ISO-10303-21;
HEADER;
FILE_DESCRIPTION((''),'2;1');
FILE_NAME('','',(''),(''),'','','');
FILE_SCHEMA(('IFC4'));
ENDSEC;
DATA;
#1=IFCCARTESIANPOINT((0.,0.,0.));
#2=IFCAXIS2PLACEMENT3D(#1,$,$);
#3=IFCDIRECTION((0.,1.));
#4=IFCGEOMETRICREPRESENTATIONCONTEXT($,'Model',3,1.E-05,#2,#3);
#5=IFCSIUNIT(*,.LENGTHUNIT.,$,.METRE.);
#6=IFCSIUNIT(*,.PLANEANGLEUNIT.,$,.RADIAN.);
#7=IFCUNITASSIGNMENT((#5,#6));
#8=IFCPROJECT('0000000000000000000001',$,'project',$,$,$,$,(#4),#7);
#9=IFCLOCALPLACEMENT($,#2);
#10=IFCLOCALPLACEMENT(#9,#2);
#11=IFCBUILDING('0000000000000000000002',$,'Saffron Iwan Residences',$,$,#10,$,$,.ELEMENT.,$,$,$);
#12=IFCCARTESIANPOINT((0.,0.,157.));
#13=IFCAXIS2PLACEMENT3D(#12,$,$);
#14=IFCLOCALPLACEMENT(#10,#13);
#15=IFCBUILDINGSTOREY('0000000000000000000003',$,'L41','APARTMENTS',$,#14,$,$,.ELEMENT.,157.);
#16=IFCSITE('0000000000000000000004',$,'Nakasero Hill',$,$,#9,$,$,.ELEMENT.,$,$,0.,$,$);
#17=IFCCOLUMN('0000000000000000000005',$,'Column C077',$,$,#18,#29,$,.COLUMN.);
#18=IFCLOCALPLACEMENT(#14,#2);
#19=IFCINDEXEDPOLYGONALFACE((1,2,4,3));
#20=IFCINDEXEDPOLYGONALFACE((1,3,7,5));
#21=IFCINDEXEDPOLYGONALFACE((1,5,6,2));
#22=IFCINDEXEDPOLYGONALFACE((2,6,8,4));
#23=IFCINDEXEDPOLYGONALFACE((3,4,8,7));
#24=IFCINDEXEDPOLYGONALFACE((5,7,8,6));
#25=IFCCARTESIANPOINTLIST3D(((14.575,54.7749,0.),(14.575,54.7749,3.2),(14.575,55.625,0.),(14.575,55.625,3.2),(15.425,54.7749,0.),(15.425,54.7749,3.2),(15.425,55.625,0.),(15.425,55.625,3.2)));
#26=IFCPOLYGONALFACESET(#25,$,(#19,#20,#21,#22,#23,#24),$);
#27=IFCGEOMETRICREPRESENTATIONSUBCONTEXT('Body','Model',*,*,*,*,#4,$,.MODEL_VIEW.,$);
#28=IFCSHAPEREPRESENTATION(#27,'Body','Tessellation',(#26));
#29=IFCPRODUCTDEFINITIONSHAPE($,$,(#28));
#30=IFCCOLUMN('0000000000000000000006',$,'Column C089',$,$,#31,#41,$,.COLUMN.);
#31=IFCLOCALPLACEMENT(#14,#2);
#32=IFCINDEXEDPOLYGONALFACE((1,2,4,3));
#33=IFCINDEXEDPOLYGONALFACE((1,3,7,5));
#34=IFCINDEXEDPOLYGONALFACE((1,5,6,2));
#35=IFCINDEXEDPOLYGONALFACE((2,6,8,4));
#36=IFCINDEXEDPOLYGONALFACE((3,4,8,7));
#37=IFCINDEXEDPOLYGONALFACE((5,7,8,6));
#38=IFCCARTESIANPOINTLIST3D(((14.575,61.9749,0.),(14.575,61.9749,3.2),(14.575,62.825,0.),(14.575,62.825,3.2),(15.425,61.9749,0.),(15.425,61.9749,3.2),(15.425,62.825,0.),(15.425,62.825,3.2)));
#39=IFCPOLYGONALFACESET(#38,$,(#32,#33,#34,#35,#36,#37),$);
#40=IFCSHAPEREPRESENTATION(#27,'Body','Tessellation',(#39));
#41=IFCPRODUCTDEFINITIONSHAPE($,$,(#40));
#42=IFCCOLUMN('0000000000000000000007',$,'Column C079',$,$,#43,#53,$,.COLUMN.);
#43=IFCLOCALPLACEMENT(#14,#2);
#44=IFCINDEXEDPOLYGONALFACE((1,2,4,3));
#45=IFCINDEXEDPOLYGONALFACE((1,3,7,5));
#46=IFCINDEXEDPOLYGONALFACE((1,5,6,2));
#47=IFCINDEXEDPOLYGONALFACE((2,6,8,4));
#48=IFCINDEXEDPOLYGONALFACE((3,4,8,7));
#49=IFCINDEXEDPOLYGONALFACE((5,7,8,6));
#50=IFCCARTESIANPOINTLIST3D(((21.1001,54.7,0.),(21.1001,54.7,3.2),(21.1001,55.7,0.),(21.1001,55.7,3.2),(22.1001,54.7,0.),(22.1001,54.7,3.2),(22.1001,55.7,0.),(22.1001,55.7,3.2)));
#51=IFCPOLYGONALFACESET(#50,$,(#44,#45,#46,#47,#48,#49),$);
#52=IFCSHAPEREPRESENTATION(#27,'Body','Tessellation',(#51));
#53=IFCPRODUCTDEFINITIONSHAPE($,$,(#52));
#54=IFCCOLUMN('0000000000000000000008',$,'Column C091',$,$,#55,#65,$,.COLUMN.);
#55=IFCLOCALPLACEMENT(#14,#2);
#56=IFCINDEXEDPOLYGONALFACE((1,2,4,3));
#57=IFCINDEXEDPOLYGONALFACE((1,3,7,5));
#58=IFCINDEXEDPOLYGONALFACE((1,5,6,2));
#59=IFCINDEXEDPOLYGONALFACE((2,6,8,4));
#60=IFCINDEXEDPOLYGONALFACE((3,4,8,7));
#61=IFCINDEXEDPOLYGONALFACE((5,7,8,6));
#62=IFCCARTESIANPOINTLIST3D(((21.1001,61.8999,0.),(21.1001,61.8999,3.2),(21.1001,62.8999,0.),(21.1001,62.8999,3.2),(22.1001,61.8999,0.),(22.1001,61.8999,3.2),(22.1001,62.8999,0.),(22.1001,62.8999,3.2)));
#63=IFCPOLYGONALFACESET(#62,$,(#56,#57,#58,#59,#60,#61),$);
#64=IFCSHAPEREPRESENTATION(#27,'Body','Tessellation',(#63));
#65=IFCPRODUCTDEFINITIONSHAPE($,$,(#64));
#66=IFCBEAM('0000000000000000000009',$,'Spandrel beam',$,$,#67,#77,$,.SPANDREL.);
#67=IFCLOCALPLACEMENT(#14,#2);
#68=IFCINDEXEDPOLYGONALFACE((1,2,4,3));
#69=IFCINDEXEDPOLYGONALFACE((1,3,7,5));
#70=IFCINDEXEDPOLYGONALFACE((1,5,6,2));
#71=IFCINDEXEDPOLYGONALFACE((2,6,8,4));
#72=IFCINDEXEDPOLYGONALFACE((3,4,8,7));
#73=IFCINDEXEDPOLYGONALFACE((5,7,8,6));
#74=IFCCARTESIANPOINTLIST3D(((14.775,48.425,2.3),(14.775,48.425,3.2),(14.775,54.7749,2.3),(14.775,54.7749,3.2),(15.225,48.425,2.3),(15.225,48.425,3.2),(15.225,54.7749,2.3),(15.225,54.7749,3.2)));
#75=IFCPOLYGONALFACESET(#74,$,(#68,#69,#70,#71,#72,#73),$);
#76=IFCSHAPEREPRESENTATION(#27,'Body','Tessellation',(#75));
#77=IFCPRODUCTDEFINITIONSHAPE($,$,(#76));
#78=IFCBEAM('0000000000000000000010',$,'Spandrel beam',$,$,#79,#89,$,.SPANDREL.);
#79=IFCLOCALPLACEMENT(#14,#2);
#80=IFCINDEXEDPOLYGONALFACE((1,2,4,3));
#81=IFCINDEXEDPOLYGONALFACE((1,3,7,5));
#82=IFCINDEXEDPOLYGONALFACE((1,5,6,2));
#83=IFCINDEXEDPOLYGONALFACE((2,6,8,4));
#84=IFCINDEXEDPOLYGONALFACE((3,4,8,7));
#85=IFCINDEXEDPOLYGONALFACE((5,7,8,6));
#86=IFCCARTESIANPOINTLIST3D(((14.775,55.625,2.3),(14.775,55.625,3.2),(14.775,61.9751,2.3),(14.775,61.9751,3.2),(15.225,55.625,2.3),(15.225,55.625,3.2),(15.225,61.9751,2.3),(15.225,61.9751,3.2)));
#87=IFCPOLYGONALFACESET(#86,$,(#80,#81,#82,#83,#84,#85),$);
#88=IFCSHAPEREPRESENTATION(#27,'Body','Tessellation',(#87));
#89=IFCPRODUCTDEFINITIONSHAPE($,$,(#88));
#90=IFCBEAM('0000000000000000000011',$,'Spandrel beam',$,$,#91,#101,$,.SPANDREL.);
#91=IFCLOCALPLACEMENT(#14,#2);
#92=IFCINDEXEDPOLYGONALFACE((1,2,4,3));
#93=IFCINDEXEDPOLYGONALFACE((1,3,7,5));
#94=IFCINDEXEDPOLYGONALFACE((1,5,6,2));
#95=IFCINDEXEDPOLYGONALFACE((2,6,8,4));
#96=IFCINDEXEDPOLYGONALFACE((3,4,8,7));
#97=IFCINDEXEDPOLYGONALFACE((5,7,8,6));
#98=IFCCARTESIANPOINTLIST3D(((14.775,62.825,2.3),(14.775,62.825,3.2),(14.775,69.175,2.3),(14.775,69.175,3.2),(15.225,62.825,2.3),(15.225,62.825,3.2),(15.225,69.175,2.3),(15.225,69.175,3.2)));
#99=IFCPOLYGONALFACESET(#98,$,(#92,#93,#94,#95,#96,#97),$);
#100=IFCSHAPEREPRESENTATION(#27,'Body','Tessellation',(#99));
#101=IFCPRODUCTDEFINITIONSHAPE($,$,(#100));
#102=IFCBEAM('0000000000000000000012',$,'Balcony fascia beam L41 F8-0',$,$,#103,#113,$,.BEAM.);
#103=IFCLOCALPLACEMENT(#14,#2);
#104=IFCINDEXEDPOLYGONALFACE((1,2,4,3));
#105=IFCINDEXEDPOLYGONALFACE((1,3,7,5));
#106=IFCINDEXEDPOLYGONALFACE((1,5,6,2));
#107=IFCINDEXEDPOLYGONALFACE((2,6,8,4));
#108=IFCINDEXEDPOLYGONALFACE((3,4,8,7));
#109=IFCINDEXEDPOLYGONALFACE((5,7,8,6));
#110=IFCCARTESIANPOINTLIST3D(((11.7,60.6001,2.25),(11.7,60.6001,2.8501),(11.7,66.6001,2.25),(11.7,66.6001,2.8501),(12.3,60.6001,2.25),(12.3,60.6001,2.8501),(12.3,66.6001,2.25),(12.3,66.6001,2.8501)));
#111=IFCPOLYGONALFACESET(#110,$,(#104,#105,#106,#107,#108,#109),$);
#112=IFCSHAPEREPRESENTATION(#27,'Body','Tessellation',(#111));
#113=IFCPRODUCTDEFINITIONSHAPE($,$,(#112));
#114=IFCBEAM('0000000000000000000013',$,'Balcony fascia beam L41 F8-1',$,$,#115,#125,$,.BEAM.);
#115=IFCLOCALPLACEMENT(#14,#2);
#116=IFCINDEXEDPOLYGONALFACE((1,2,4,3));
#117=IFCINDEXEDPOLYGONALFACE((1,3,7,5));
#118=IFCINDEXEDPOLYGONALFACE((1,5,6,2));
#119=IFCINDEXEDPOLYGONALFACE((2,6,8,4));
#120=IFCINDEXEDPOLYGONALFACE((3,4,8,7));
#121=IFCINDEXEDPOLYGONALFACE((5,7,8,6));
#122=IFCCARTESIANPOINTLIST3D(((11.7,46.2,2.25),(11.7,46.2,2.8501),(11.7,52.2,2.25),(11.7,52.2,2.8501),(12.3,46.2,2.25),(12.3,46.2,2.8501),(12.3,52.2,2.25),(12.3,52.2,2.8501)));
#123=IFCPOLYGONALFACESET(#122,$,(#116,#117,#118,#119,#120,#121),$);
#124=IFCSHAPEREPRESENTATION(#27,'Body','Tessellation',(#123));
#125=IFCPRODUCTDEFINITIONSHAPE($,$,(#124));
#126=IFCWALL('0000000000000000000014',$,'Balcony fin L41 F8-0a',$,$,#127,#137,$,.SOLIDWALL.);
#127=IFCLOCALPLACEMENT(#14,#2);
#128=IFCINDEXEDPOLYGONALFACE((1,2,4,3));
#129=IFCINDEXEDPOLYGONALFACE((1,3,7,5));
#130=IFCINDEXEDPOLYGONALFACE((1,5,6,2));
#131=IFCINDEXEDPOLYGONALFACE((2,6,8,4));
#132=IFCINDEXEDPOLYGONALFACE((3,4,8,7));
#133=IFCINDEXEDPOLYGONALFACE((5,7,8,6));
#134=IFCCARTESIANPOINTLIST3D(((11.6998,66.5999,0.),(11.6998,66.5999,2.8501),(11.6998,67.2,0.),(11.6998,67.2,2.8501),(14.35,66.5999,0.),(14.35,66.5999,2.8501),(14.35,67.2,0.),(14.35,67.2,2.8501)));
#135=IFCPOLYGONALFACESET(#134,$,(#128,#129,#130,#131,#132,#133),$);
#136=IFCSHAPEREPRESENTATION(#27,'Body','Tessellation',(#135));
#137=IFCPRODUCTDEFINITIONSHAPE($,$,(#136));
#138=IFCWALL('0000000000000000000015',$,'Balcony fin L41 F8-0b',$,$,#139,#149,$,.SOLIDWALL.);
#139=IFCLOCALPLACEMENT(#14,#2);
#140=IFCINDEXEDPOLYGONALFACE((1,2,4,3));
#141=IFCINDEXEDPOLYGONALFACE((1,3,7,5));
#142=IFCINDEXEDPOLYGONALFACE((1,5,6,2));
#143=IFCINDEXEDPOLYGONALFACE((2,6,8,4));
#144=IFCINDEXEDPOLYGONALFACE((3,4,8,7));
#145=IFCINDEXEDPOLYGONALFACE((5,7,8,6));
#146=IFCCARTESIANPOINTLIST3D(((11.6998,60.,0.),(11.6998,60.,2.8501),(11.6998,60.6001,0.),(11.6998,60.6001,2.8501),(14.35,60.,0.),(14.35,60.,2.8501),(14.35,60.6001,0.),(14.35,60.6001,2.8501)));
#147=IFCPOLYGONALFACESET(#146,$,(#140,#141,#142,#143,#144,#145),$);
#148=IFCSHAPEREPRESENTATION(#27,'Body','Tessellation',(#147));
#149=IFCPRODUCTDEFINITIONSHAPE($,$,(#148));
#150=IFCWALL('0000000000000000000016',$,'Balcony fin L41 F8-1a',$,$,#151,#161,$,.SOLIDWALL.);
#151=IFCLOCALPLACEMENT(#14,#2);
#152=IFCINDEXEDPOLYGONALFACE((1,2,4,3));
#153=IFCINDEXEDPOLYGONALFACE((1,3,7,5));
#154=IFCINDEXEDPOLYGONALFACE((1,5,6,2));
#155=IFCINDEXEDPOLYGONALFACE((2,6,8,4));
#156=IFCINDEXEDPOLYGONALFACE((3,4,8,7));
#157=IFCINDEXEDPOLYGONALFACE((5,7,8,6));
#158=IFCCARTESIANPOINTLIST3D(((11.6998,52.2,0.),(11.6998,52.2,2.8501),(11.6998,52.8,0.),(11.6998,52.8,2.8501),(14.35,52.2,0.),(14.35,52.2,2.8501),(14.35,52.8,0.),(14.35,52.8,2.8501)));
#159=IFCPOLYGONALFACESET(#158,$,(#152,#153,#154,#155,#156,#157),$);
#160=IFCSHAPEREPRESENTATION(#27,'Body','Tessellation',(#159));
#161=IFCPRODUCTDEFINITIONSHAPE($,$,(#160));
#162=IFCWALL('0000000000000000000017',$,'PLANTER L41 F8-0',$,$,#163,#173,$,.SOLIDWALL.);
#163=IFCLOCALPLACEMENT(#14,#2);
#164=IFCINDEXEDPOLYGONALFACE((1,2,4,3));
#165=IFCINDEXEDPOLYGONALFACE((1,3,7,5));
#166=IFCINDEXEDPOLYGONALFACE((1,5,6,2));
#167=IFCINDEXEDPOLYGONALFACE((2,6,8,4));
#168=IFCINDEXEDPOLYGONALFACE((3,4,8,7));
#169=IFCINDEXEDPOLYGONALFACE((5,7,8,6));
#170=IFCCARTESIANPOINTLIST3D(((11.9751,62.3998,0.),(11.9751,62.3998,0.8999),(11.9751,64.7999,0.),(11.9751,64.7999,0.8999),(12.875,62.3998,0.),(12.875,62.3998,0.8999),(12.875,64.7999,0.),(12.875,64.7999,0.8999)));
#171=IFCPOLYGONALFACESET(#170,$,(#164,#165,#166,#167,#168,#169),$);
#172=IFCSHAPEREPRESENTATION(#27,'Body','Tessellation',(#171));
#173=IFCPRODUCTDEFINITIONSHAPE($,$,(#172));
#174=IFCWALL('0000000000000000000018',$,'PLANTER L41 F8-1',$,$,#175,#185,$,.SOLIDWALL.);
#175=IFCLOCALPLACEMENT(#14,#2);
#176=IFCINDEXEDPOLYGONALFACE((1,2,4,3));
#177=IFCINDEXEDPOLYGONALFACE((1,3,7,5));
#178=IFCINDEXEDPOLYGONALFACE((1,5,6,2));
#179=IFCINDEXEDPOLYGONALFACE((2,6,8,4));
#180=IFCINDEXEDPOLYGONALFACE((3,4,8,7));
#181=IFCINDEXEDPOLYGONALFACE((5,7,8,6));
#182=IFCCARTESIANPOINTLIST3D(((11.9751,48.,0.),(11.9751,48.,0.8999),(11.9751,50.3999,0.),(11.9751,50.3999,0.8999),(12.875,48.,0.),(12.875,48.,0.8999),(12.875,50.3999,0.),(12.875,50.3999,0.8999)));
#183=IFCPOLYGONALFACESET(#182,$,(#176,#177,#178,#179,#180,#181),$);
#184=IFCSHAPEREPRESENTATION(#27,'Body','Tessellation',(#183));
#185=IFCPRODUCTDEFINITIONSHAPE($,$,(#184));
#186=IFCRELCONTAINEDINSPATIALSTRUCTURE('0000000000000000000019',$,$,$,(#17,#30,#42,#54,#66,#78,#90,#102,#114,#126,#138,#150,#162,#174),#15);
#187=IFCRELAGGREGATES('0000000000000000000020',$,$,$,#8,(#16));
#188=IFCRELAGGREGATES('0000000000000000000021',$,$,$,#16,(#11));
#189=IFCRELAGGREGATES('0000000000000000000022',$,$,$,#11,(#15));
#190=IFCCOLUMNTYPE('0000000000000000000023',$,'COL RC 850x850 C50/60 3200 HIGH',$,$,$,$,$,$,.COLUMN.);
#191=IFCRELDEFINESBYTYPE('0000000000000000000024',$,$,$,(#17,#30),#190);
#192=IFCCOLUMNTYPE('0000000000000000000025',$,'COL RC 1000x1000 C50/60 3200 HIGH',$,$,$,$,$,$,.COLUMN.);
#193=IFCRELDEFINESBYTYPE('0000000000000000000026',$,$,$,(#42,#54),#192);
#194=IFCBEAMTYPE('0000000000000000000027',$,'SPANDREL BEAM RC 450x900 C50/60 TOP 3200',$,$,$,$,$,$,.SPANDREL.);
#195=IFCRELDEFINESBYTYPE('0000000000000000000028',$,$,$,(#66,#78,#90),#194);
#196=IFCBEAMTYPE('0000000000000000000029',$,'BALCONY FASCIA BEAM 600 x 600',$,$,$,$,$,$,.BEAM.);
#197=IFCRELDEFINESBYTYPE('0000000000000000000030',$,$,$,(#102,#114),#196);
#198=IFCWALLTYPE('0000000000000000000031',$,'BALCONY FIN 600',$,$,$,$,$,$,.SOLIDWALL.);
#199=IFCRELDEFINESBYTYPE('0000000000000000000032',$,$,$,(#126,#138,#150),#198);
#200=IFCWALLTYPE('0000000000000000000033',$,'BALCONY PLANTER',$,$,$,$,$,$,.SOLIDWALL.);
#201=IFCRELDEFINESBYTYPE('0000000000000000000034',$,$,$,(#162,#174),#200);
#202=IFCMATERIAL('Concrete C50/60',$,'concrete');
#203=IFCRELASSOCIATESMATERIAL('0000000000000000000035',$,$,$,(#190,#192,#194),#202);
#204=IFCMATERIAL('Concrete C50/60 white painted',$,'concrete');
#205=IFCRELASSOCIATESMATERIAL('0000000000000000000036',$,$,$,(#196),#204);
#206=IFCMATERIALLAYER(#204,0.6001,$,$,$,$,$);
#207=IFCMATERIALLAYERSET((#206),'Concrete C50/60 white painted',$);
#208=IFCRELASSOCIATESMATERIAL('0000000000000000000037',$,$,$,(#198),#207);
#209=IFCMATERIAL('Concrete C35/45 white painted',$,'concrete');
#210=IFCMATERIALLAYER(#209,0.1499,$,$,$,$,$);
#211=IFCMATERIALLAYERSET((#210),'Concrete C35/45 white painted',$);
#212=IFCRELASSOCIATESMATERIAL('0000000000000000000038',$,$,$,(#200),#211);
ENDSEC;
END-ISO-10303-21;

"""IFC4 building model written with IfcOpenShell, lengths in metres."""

from ifc_helpers import new_model, si_unit, direction, frame, frame_2d, origin, origin_2d, place, context, subcontext, project, spatial, rectangle, extrude, source, transform, mapped, material, layer, layer_set, material_profile, profile_set, type_object, element, save


model = new_model("IFC4")

# Units and contexts
model_context = context("Model", 3, precision=1e-05, world=origin(), true_north=direction((0.0, 1.0)))
body_context = subcontext(model_context, "Body", "Model", "MODEL_VIEW")
ifc_project = project(units=[si_unit("LENGTHUNIT", "METRE"), si_unit("PLANEANGLEUNIT", "RADIAN")], contexts=[model_context])

# Site, building, storey
site_placement = place(None, origin())
site = spatial("IfcSite", under=ifc_project, at=site_placement, Name="Nakasero Hill", CompositionType="ELEMENT", RefElevation=0.0)
building_placement = place(site_placement, origin())
building = spatial("IfcBuilding", under=site, at=building_placement, Name="Saffron Iwan Residences", CompositionType="ELEMENT")
storey_placement = place(building_placement, frame((0.0, 0.0, 157.0)))
storey = spatial("IfcBuildingStorey", under=building, at=storey_placement, Name="L41", Description="APARTMENTS", CompositionType="ELEMENT", Elevation=157.0)

# Columns
ifc_material_1 = material(Name="Concrete C50/60", Category="concrete")
ifc_material_profile_1 = material_profile(ifc_material_1, rectangle(XDim=0.8501, YDim=0.8501, at=origin_2d()), Name="RC 850x850")
ifc_profile_set_1 = profile_set([ifc_material_profile_1], Name="Concrete C50/60")
column_type_1 = type_object("IfcColumnType", Name="COL RC 850x850 C50/60 3200 HIGH", PredefinedType="COLUMN", material=ifc_profile_set_1)
shared_shape_1 = source(origin(), body_context, "Body", "SweptSolid", [
    extrude(rectangle(XDim=0.8501, YDim=0.8501, at=origin_2d()), origin(), (0.0, 0.0, 1.0), 3.2),
])
for number, where, z_axis, x_axis, name in (
    (1, (15.0, 55.2, 0.0), (0.0, 0.0, 1.0), (1.0, 0.0, 0.0), "Column C077"),
    (2, (15.0, 62.3999, 0.0), (0.0, 0.0, 1.0), (1.0, 0.0, 0.0), "Column C089"),
):
    element("IfcColumn", number, at=place(storey_placement, frame(where, z_axis=z_axis, x_axis=x_axis)), inside=storey, type_object=column_type_1, Name=name, PredefinedType="COLUMN", context=body_context, shape_type="MappedRepresentation", body=[
        mapped(shared_shape_1, transform((0.0, 0.0, 0.0))),
    ])
ifc_material_profile_2 = material_profile(ifc_material_1, rectangle(XDim=1.0, YDim=1.0, at=origin_2d()), Name="RC 1000x1000")
ifc_profile_set_2 = profile_set([ifc_material_profile_2], Name="Concrete C50/60")
column_type_2 = type_object("IfcColumnType", Name="COL RC 1000x1000 C50/60 3200 HIGH", PredefinedType="COLUMN", material=ifc_profile_set_2)
shared_shape_2 = source(origin(), body_context, "Body", "SweptSolid", [
    extrude(rectangle(XDim=1.0, YDim=1.0, at=origin_2d()), origin(), (0.0, 0.0, 1.0), 3.2),
])
for number, where, z_axis, x_axis, name in (
    (3, (21.6001, 55.2, 0.0), (0.0, 0.0, 1.0), (1.0, 0.0, 0.0), "Column C079"),
    (4, (21.6001, 62.3999, 0.0), (0.0, 0.0, 1.0), (1.0, 0.0, 0.0), "Column C091"),
):
    element("IfcColumn", number, at=place(storey_placement, frame(where, z_axis=z_axis, x_axis=x_axis)), inside=storey, type_object=column_type_2, Name=name, PredefinedType="COLUMN", context=body_context, shape_type="MappedRepresentation", body=[
        mapped(shared_shape_2, transform((0.0, 0.0, 0.0))),
    ])

# Beams
ifc_material_profile_3 = material_profile(ifc_material_1, rectangle(XDim=0.45, YDim=0.8999, at=origin_2d()), Name="RC 450x900")
ifc_profile_set_3 = profile_set([ifc_material_profile_3], Name="Concrete C50/60")
beam_type_1 = type_object("IfcBeamType", Name="SPANDREL BEAM RC 450x900 C50/60 TOP 3200", PredefinedType="SPANDREL", material=ifc_profile_set_3)
shared_shape_3 = source(origin(), body_context, "Body", "SweptSolid", [
    extrude(rectangle(XDim=0.45, YDim=0.8999, at=origin_2d()), origin(), (0.0, 0.0, 1.0), 6.3499),
])
beam_placement = place(storey_placement, frame((15.0, 48.425, 2.75), z_axis=(0.0, 1.0, 0.0), x_axis=(-1.0, 0.0, 0.0)))
element("IfcBeam", 5, at=beam_placement, inside=storey, type_object=beam_type_1, Name="Spandrel beam", PredefinedType="SPANDREL", context=body_context, shape_type="MappedRepresentation", body=[
    mapped(shared_shape_3, transform((0.0, 0.0, 0.0))),
])
shared_shape_4 = source(origin(), body_context, "Body", "SweptSolid", [
    extrude(rectangle(XDim=0.45, YDim=0.8999, at=origin_2d()), origin(), (0.0, 0.0, 1.0), 6.3501),
])
for number, where, z_axis, x_axis, name in (
    (6, (15.0, 55.625, 2.75), (0.0, 1.0, 0.0), (-1.0, 0.0, 0.0), "Spandrel beam"),
    (7, (15.0, 62.825, 2.75), (0.0, 1.0, 0.0), (-1.0, 0.0, 0.0), "Spandrel beam"),
):
    element("IfcBeam", number, at=place(storey_placement, frame(where, z_axis=z_axis, x_axis=x_axis)), inside=storey, type_object=beam_type_1, Name=name, PredefinedType="SPANDREL", context=body_context, shape_type="MappedRepresentation", body=[
        mapped(shared_shape_4, transform((0.0, 0.0, 0.0))),
    ])
ifc_material_2 = material(Name="Concrete C50/60 white painted", Category="concrete")
ifc_material_profile_4 = material_profile(ifc_material_2, rectangle(XDim=0.6001, YDim=0.6001, at=origin_2d()), Name="BALCONY FASCIA BEAM 600 x 600")
ifc_profile_set_4 = profile_set([ifc_material_profile_4], Name="Concrete C50/60 white painted")
beam_type_2 = type_object("IfcBeamType", Name="BALCONY FASCIA BEAM 600 x 600", PredefinedType="BEAM", material=ifc_profile_set_4)
shared_shape_5 = source(origin(), body_context, "Body", "SweptSolid", [
    extrude(rectangle(XDim=0.6001, YDim=0.6001, at=origin_2d()), origin(), (0.0, 0.0, 1.0), 6.0),
])
for number, where, z_axis, x_axis, name in (
    (8, (12.0, 66.6001, 2.55), (0.0, -1.0, 0.0), (1.0, 0.0, 0.0), "Balcony fascia beam L41 F8-0"),
    (9, (12.0, 52.2, 2.55), (0.0, -1.0, 0.0), (1.0, 0.0, 0.0), "Balcony fascia beam L41 F8-1"),
):
    element("IfcBeam", number, at=place(storey_placement, frame(where, z_axis=z_axis, x_axis=x_axis)), inside=storey, type_object=beam_type_2, Name=name, PredefinedType="BEAM", context=body_context, shape_type="MappedRepresentation", body=[
        mapped(shared_shape_5, transform((0.0, 0.0, 0.0))),
    ])

# Walls
ifc_layer_1 = layer(ifc_material_2, 0.6001)
ifc_layer_set_1 = layer_set([ifc_layer_1], Name="Concrete C50/60 white painted")
wall_type_1 = type_object("IfcWallType", Name="BALCONY FIN 600", PredefinedType="SOLIDWALL", material=ifc_layer_set_1)
for number, where, z_axis, x_axis, name in (
    (10, (14.3501, 66.8999, 0.0), (0.0, 0.0, 1.0), (-1.0, 0.0, 0.0), "Balcony fin L41 F8-0a"),
    (11, (14.3501, 60.3, 0.0), (0.0, 0.0, 1.0), (-1.0, 0.0, 0.0), "Balcony fin L41 F8-0b"),
    (12, (14.3501, 52.5, 0.0), (0.0, 0.0, 1.0), (-1.0, 0.0, 0.0), "Balcony fin L41 F8-1a"),
):
    element("IfcWall", number, at=place(storey_placement, frame(where, z_axis=z_axis, x_axis=x_axis)), inside=storey, type_object=wall_type_1, Name=name, PredefinedType="SOLIDWALL", context=body_context, shape_type="SweptSolid", body=[
        extrude(rectangle(XDim=2.6501, YDim=0.6001, at=frame_2d((1.3252, 0.0))), origin(), (0.0, 0.0, 1.0), 2.8501),
    ])
ifc_material_3 = material(Name="Concrete C35/45 white painted", Category="concrete")
ifc_layer_2 = layer(ifc_material_3, 0.1499)
ifc_layer_set_2 = layer_set([ifc_layer_2], Name="Concrete C35/45 white painted")
wall_type_2 = type_object("IfcWallType", Name="BALCONY PLANTER", PredefinedType="SOLIDWALL", material=ifc_layer_set_2)
wall_1_placement = place(storey_placement, frame((12.425, 64.8, 0.0), z_axis=(0.0, 0.0, 1.0), x_axis=(0.0, -1.0, 0.0)))
element("IfcWall", 13, at=wall_1_placement, inside=storey, type_object=wall_type_2, Name="PLANTER L41 F8-0", PredefinedType="SOLIDWALL", context=body_context, shape_type="SweptSolid", body=[
    extrude(rectangle(XDim=2.4001, YDim=0.8999, at=frame_2d((1.2002, 0.0))), origin(), (0.0, 0.0, 1.0), 0.8999),
])
wall_2_placement = place(storey_placement, frame((12.425, 50.3999, 0.0), z_axis=(0.0, 0.0, 1.0), x_axis=(0.0, -1.0, 0.0)))
element("IfcWall", 14, at=wall_2_placement, inside=storey, type_object=wall_type_2, Name="PLANTER L41 F8-1", PredefinedType="SOLIDWALL", context=body_context, shape_type="SweptSolid", body=[
    extrude(rectangle(XDim=2.3999, YDim=0.8999, at=frame_2d((1.2, 0.0))), origin(), (0.0, 0.0, 1.0), 0.8999),
])

save(model, "model.ifc")
